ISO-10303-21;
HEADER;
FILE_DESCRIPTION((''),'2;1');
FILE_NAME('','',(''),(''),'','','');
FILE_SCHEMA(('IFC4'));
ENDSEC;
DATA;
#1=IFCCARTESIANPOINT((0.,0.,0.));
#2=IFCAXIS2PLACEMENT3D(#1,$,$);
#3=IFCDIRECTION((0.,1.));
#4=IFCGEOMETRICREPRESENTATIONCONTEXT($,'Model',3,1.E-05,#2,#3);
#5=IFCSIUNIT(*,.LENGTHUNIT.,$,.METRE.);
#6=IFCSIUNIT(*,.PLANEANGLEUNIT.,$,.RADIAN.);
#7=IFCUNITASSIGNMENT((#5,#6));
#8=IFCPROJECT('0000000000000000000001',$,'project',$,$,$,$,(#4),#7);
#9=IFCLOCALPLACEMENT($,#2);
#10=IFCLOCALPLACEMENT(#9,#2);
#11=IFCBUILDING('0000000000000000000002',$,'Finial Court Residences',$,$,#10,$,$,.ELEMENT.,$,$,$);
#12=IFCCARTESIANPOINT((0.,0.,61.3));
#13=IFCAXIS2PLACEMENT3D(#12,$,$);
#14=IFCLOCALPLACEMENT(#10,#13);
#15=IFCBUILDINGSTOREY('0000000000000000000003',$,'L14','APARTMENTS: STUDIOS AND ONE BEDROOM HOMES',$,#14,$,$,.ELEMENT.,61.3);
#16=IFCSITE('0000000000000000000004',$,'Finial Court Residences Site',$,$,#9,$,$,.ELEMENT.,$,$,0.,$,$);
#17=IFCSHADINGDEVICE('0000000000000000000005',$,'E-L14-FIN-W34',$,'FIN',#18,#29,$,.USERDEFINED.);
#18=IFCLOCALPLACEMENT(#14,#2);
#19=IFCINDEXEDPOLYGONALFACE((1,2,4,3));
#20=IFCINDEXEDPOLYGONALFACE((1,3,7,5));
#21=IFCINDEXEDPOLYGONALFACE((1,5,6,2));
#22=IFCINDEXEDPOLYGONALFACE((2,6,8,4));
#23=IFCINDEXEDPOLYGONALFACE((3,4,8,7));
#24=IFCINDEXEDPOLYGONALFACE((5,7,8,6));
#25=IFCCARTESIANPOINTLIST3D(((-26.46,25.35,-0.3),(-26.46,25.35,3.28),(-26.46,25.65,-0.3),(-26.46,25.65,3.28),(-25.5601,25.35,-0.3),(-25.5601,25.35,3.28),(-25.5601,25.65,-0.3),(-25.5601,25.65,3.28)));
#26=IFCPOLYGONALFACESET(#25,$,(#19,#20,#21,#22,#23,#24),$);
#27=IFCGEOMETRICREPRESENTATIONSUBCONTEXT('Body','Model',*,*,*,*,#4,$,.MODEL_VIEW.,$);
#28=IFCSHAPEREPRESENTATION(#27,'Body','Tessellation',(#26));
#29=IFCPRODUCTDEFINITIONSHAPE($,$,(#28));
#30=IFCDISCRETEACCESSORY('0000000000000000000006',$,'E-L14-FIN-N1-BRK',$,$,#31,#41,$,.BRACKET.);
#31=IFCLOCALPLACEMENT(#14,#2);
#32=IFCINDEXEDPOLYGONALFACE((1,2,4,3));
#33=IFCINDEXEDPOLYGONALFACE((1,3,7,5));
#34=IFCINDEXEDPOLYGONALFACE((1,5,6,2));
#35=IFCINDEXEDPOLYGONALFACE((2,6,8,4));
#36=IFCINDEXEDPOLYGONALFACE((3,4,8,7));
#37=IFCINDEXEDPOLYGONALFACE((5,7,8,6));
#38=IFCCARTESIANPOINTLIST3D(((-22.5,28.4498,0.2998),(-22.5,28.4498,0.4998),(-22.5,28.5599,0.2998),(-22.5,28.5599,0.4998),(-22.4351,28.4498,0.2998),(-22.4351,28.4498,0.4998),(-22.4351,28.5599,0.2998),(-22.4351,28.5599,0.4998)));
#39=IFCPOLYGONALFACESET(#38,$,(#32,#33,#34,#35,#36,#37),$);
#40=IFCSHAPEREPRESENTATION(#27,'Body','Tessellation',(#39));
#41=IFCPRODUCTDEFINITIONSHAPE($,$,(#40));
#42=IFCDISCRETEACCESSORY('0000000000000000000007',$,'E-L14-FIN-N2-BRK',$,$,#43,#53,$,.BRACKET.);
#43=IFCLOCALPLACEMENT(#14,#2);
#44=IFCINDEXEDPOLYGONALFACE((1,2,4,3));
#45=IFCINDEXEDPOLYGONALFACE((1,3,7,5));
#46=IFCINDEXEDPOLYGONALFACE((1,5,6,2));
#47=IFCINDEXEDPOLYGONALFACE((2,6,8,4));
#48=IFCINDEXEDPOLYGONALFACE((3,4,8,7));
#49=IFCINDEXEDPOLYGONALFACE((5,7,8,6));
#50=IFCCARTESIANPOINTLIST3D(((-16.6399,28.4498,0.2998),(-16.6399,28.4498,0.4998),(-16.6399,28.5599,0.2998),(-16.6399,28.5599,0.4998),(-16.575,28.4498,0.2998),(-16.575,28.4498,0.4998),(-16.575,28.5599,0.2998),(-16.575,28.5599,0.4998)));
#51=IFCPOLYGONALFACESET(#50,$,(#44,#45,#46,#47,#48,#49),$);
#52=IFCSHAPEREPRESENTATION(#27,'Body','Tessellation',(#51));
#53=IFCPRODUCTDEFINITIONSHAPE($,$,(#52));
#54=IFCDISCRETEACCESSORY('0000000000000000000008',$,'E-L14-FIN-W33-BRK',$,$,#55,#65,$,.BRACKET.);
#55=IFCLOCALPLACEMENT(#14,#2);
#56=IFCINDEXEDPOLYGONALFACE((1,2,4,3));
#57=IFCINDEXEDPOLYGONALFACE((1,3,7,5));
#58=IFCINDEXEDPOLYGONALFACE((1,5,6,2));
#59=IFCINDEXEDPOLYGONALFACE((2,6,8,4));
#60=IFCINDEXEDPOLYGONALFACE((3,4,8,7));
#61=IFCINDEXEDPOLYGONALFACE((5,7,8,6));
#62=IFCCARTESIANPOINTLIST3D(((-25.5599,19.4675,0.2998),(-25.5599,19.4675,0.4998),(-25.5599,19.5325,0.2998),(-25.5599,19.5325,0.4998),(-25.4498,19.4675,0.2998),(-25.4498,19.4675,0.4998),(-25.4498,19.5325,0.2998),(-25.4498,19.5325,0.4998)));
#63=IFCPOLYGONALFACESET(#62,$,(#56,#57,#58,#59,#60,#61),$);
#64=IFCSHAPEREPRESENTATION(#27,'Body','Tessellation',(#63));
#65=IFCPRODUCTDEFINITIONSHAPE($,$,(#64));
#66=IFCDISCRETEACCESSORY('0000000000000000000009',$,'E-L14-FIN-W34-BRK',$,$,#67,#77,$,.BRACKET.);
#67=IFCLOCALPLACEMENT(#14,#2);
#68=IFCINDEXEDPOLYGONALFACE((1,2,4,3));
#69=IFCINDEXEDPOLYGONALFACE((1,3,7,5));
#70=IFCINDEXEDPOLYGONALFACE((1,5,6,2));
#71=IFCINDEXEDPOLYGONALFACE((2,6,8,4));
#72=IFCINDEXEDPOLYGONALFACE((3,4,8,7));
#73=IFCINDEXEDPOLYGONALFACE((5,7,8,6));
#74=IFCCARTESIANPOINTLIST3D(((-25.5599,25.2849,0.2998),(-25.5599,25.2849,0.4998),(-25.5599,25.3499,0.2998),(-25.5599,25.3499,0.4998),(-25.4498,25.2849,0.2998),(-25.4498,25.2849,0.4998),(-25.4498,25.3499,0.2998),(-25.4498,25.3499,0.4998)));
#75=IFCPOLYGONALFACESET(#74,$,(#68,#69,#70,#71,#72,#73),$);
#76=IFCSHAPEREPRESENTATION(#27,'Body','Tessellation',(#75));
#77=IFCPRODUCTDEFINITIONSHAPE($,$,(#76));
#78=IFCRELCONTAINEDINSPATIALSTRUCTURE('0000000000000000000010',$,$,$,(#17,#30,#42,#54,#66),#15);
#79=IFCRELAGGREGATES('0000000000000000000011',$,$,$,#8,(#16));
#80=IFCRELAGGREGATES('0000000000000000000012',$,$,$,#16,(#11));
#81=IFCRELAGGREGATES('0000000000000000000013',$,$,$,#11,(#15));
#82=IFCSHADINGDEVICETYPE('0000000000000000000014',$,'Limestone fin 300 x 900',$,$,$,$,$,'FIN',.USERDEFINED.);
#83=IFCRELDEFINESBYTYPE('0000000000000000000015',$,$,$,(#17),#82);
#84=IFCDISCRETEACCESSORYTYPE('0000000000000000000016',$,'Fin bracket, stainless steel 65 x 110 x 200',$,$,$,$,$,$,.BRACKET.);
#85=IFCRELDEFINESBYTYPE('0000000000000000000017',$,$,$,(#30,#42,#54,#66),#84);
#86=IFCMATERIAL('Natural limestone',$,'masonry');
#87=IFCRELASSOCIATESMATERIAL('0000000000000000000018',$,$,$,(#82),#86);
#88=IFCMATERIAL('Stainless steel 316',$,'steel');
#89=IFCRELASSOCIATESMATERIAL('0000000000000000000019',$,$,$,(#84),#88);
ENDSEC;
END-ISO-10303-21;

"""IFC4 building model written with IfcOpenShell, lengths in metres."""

from ifc_helpers import new_model, si_unit, direction, frame, origin, origin_2d, place, context, subcontext, project, spatial, rectangle, extrude, material, type_object, element, save


model = new_model("IFC4")

# Units and contexts
model_context = context("Model", 3, precision=1e-05, world=origin(), true_north=direction((0.0, 1.0)))
body_context = subcontext(model_context, "Body", "Model", "MODEL_VIEW")
ifc_project = project(units=[si_unit("LENGTHUNIT", "METRE"), si_unit("PLANEANGLEUNIT", "RADIAN")], contexts=[model_context])

# Site, building, storey
site_placement = place(None, origin())
site = spatial("IfcSite", under=ifc_project, at=site_placement, Name="Finial Court Residences Site", CompositionType="ELEMENT", RefElevation=0.0)
building_placement = place(site_placement, origin())
building = spatial("IfcBuilding", under=site, at=building_placement, Name="Finial Court Residences", CompositionType="ELEMENT")
storey_placement = place(building_placement, frame((0.0, 0.0, 61.3)))
storey = spatial("IfcBuildingStorey", under=building, at=storey_placement, Name="L14", Description="APARTMENTS: STUDIOS AND ONE BEDROOM HOMES", CompositionType="ELEMENT", Elevation=61.3)

# Shared definitions
ifc_material_1 = material(Name="Natural limestone", Category="masonry")

# Shading device
shading_device_type = type_object("IfcShadingDeviceType", Name="Limestone fin 300 x 900", ElementType="FIN", PredefinedType="USERDEFINED", material=ifc_material_1)
for number, where, z_axis, x_axis, name in (
    (1, (-26.01, 25.5, -0.3), (0.0, 0.0, 1.0), (1.0, 0.0, 0.0), "E-L14-FIN-W34"),
):
    element("IfcShadingDevice", number, at=place(storey_placement, frame(where, z_axis=z_axis, x_axis=x_axis)), inside=storey, type_object=shading_device_type, Name=name, ObjectType="FIN", PredefinedType="USERDEFINED", context=body_context, shape_type="SweptSolid", body=[
        extrude(rectangle(XDim=0.8999, YDim=0.3, at=origin_2d()), origin(), (0.0, 0.0, 1.0), 3.5801),
    ])

# Discrete accessories
ifc_material_2 = material(Name="Stainless steel 316", Category="steel")
discrete_accessory_type = type_object("IfcDiscreteAccessoryType", Name="Fin bracket, stainless steel 65 x 110 x 200", PredefinedType="BRACKET", material=ifc_material_2)
for number, where, z_axis, x_axis, name in (
    (2, (-22.4675, 28.5049, 0.2998), (0.0, 0.0, 1.0), (1.0, 0.0, 0.0), "E-L14-FIN-N1-BRK"),
    (3, (-16.6074, 28.5049, 0.2998), (0.0, 0.0, 1.0), (1.0, 0.0, 0.0), "E-L14-FIN-N2-BRK"),
):
    element("IfcDiscreteAccessory", number, at=place(storey_placement, frame(where, z_axis=z_axis, x_axis=x_axis)), inside=storey, type_object=discrete_accessory_type, Name=name, PredefinedType="BRACKET", context=body_context, shape_type="SweptSolid", body=[
        extrude(rectangle(XDim=0.0649, YDim=0.1101, at=origin_2d()), origin(), (0.0, 0.0, 1.0), 0.2),
    ])
for number, where, z_axis, x_axis, name in (
    (4, (-25.5049, 19.5, 0.2998), (0.0, 0.0, 1.0), (1.0, 0.0, 0.0), "E-L14-FIN-W33-BRK"),
    (5, (-25.5049, 25.3174, 0.2998), (0.0, 0.0, 1.0), (1.0, 0.0, 0.0), "E-L14-FIN-W34-BRK"),
):
    element("IfcDiscreteAccessory", number, at=place(storey_placement, frame(where, z_axis=z_axis, x_axis=x_axis)), inside=storey, type_object=discrete_accessory_type, Name=name, PredefinedType="BRACKET", context=body_context, shape_type="SweptSolid", body=[
        extrude(rectangle(XDim=0.1101, YDim=0.0649, at=origin_2d()), origin(), (0.0, 0.0, 1.0), 0.2),
    ])

save(model, "model.ifc")
